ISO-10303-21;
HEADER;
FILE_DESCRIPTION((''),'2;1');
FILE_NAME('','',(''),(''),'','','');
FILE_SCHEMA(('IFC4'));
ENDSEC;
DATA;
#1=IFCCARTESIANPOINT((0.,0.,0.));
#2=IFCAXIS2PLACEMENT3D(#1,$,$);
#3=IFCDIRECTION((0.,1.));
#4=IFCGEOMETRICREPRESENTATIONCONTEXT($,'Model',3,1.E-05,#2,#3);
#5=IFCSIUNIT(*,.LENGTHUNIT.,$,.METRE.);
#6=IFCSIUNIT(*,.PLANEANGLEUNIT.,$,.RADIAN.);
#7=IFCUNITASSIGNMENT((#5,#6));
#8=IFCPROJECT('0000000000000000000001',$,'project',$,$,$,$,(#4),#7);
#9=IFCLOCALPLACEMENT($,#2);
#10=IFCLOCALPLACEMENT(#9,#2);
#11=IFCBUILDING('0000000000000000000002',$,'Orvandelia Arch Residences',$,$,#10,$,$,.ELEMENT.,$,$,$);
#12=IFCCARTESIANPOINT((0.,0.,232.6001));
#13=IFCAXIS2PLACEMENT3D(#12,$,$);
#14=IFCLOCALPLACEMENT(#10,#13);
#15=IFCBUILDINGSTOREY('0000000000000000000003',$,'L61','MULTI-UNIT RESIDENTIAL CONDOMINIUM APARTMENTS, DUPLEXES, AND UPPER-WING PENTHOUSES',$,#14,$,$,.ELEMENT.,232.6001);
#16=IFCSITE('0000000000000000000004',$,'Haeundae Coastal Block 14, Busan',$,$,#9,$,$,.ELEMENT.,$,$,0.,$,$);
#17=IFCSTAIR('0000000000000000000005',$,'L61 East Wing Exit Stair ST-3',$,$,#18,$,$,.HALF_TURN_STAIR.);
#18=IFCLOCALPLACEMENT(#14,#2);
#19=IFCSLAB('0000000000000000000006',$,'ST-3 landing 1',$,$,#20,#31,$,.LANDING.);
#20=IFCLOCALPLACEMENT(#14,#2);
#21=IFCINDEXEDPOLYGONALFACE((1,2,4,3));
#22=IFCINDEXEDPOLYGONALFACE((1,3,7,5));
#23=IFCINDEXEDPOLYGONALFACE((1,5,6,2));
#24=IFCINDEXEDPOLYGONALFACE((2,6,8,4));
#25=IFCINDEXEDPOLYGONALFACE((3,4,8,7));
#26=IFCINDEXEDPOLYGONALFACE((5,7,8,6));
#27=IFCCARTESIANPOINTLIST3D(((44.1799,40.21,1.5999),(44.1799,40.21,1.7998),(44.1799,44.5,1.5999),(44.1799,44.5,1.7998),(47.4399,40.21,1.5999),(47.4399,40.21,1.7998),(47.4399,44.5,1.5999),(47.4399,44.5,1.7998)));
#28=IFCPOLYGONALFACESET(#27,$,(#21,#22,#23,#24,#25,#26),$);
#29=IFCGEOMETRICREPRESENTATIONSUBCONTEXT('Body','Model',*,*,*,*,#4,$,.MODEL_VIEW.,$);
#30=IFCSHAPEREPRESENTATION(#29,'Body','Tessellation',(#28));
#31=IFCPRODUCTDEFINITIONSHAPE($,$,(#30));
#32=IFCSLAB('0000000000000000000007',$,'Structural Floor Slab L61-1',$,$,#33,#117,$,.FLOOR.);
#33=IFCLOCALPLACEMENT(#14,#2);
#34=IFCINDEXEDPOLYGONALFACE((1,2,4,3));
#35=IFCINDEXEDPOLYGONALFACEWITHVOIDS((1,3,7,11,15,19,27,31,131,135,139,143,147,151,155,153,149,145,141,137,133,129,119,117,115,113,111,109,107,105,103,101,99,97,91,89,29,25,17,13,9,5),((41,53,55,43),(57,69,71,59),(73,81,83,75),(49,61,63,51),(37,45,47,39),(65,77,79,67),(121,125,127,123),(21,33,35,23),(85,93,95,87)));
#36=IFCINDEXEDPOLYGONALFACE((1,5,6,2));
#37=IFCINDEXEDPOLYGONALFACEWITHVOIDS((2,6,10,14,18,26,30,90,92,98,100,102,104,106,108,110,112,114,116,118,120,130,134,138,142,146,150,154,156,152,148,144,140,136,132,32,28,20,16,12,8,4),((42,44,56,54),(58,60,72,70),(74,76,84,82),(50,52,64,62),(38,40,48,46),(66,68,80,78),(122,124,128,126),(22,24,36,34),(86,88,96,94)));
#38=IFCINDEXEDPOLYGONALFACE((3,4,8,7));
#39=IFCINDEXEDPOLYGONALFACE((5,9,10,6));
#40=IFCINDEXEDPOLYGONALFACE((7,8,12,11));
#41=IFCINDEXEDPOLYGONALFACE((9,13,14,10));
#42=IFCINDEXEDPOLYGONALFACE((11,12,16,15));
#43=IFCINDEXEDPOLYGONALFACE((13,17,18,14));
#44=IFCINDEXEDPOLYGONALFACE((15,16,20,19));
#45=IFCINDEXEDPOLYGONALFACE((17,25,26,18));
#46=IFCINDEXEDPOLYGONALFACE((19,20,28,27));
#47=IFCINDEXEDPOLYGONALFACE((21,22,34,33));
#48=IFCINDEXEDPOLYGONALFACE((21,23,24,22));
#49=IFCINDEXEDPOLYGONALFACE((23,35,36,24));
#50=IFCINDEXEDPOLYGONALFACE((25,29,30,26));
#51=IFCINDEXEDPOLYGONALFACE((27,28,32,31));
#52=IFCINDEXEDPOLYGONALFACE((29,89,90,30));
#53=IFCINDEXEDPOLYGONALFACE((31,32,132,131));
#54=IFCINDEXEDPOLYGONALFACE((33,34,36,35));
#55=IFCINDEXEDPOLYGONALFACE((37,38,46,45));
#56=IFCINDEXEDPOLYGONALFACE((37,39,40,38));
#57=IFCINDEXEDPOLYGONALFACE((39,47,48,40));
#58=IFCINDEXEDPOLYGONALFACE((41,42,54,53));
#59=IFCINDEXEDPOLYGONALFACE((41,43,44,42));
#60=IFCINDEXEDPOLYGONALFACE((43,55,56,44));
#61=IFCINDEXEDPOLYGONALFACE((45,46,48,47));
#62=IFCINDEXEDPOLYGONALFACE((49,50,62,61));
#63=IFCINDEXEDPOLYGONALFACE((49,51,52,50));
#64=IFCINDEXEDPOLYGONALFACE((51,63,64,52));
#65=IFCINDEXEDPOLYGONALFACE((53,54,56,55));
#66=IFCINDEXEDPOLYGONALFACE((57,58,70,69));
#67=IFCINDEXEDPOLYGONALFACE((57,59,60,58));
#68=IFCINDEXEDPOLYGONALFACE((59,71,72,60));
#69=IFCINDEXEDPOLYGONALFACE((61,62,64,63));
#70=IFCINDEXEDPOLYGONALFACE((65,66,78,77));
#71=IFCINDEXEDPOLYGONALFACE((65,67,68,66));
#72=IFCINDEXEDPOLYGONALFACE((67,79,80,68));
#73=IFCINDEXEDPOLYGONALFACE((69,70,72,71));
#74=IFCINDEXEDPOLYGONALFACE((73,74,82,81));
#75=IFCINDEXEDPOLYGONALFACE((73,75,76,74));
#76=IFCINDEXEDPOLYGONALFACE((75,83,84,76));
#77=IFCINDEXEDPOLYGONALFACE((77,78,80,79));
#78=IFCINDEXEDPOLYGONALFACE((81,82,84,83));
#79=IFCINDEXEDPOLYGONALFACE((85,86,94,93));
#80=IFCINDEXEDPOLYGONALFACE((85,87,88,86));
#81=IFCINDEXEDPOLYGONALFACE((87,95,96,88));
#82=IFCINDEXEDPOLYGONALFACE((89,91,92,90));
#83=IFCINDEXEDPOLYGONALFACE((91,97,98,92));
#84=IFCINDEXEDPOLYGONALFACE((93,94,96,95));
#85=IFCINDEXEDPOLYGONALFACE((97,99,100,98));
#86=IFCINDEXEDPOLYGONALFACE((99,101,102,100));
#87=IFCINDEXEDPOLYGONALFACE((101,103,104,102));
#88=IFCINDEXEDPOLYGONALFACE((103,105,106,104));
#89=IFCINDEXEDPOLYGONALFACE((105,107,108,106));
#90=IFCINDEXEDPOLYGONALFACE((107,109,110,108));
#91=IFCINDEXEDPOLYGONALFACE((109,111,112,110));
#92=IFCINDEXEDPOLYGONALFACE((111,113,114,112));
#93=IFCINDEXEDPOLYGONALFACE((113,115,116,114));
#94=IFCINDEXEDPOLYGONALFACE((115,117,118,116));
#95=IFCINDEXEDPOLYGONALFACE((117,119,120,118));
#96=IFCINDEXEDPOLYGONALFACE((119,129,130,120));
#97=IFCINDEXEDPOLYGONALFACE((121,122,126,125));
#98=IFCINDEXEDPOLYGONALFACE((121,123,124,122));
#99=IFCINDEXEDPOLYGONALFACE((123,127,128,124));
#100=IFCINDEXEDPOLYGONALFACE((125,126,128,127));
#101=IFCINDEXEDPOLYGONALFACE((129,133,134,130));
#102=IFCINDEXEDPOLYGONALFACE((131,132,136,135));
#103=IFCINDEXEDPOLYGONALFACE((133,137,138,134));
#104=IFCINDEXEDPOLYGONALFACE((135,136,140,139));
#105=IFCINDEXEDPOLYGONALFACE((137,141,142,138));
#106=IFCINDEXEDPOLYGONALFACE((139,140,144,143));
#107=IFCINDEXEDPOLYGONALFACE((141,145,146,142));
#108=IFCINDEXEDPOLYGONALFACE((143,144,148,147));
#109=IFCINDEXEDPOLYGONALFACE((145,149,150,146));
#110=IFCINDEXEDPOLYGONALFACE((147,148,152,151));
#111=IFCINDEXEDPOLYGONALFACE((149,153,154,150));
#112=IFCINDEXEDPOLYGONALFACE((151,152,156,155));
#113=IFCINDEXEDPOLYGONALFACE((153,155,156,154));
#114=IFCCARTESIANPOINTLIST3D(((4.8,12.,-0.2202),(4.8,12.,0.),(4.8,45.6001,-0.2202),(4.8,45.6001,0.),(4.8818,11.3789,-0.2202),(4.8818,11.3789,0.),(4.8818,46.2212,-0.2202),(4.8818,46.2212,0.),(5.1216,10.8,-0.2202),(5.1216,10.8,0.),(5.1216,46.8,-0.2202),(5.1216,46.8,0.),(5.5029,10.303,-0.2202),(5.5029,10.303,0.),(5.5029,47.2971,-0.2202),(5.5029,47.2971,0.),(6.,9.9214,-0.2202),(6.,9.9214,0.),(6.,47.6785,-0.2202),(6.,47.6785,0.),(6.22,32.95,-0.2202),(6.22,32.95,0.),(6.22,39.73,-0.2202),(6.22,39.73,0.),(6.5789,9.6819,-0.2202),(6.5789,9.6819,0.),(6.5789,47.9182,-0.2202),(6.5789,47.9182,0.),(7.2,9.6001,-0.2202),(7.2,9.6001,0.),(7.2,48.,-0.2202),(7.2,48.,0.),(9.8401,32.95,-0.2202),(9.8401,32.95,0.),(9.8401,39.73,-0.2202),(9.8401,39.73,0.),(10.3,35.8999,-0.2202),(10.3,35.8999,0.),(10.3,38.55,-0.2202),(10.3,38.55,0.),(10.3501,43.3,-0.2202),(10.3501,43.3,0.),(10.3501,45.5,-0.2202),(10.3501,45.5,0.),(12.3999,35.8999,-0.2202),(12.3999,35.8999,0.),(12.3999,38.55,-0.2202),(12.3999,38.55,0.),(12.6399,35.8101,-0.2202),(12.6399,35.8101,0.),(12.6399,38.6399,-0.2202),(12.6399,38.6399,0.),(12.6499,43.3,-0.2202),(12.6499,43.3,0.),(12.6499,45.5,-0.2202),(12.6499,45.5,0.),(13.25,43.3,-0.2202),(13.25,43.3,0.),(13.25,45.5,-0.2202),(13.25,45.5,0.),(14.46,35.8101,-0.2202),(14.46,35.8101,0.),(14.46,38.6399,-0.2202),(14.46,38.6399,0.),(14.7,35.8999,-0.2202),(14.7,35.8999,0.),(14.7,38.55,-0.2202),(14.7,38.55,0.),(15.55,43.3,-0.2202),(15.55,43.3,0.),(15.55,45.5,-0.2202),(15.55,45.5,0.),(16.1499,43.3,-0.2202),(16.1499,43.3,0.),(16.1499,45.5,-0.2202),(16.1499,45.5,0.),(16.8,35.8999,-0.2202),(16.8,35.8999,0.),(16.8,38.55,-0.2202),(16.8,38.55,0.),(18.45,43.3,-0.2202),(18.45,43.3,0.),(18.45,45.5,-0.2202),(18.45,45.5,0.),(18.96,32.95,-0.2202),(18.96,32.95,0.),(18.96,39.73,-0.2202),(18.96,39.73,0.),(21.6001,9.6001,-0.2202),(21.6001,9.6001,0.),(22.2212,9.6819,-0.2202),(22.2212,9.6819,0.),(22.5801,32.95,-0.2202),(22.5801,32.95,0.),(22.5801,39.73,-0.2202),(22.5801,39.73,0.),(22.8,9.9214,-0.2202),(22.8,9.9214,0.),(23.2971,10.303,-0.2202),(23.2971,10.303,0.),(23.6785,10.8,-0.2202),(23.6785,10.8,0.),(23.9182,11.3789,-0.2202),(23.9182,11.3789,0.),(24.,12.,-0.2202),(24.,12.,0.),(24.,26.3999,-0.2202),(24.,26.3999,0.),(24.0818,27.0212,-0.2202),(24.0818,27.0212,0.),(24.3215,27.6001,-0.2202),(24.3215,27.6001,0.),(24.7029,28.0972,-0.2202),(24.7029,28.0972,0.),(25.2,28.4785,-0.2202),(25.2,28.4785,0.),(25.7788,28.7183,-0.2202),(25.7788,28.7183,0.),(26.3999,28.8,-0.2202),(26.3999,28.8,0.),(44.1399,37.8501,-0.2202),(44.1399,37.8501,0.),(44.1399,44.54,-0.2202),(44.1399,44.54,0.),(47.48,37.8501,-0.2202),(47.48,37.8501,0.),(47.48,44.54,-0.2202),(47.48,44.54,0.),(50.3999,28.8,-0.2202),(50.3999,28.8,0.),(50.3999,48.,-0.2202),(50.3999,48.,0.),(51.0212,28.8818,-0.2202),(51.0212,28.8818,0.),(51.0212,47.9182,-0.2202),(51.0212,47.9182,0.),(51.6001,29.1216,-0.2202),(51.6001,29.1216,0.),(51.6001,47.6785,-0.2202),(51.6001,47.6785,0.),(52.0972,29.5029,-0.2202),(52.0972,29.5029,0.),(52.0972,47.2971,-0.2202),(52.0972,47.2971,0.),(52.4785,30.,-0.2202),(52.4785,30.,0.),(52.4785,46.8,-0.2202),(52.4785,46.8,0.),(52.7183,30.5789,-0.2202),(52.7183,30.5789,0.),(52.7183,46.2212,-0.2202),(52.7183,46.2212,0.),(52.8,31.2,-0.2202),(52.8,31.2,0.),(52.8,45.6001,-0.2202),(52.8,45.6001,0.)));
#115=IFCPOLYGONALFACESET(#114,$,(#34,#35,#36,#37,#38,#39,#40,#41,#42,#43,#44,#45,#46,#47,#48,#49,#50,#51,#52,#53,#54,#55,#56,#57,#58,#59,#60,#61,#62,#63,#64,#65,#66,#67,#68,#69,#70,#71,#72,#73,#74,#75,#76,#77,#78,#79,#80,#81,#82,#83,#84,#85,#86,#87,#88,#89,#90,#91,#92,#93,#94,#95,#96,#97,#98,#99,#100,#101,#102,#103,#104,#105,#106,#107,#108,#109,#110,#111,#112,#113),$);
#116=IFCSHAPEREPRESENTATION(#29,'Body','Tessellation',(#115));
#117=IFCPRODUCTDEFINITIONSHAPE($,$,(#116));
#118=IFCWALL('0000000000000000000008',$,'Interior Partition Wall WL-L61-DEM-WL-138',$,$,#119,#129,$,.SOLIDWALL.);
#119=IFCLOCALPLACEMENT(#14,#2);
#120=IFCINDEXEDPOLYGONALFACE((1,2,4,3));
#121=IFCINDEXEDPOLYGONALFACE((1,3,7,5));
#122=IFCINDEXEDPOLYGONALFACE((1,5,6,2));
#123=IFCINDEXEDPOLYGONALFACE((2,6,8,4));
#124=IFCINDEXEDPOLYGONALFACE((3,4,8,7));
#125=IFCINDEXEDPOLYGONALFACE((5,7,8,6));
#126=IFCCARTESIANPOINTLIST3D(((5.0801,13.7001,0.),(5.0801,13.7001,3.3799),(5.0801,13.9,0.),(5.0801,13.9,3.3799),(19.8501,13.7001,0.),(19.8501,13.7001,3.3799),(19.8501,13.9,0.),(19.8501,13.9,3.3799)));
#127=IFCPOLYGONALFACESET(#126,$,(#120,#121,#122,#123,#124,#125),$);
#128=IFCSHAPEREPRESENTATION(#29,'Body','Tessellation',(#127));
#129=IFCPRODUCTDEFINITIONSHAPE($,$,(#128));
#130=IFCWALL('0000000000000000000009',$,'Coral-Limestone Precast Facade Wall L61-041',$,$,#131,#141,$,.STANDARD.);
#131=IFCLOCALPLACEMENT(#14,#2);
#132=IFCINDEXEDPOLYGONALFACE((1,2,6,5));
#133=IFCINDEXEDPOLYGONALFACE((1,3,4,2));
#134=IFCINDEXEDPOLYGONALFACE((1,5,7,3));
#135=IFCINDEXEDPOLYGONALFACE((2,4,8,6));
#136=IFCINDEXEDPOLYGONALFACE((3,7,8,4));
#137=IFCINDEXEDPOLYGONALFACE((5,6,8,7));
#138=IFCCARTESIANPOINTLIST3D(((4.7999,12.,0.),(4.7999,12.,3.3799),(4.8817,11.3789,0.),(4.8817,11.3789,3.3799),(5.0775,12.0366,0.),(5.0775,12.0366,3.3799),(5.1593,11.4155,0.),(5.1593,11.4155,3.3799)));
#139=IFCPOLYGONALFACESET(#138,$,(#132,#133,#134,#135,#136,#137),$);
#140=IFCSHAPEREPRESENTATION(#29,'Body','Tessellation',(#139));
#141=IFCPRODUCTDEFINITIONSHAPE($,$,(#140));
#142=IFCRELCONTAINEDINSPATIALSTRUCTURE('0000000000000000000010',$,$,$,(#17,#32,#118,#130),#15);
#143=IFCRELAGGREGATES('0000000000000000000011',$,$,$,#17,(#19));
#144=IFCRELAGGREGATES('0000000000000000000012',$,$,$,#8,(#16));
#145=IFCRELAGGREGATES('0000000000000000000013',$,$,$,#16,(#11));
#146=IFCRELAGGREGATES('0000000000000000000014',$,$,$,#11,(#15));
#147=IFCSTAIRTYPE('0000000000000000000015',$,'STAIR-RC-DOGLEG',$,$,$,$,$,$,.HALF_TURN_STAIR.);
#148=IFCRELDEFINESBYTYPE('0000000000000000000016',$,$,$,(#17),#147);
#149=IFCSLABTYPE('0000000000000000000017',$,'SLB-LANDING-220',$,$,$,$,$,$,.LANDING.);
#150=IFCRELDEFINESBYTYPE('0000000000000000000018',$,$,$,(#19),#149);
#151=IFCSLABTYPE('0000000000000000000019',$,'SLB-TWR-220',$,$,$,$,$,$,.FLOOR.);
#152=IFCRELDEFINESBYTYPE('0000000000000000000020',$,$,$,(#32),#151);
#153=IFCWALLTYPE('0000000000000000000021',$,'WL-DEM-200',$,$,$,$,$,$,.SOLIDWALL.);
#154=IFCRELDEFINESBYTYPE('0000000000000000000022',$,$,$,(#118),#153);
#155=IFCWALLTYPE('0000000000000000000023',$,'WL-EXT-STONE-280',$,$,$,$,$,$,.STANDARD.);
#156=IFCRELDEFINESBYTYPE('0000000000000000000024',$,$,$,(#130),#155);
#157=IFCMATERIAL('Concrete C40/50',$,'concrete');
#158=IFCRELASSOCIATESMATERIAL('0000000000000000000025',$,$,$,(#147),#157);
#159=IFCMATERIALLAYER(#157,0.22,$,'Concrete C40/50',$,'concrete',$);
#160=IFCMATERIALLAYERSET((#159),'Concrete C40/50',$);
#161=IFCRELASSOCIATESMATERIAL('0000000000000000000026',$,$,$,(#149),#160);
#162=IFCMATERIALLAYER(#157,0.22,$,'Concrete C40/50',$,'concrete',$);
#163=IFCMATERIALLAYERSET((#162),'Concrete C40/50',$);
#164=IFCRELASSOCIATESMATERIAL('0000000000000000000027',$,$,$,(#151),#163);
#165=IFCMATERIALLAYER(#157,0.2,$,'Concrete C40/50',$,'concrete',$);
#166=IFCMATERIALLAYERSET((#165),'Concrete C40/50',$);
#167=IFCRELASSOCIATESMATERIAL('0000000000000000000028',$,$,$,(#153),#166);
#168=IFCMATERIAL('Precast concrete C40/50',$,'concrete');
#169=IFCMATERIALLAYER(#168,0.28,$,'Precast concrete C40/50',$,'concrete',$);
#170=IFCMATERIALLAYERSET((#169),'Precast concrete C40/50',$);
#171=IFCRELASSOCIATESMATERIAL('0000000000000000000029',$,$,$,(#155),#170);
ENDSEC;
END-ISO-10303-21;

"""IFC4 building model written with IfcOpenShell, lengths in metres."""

from ifc_helpers import new_model, si_unit, direction, frame, frame_2d, origin, place, context, subcontext, project, spatial, polyline, rectangle, outline, extrude, material, layer, layer_set, type_object, element, aggregate, save


model = new_model("IFC4")

# Units and contexts
model_context = context("Model", 3, precision=1e-05, world=origin(), true_north=direction((0.0, 1.0)))
body_context = subcontext(model_context, "Body", "Model", "MODEL_VIEW")
ifc_project = project(units=[si_unit("LENGTHUNIT", "METRE"), si_unit("PLANEANGLEUNIT", "RADIAN")], contexts=[model_context])

# Site, building, storey
site_placement = place(None, origin())
site = spatial("IfcSite", under=ifc_project, at=site_placement, Name="Haeundae Coastal Block 14, Busan", CompositionType="ELEMENT", RefElevation=0.0)
building_placement = place(site_placement, origin())
building = spatial("IfcBuilding", under=site, at=building_placement, Name="Orvandelia Arch Residences", CompositionType="ELEMENT")
storey_placement = place(building_placement, frame((0.0, 0.0, 232.6001)))
storey = spatial("IfcBuildingStorey", under=building, at=storey_placement, Name="L61", Description="MULTI-UNIT RESIDENTIAL CONDOMINIUM APARTMENTS, DUPLEXES, AND UPPER-WING PENTHOUSES", CompositionType="ELEMENT", Elevation=232.6001)

# Shared definitions
ifc_material_1 = material(Name="Precast concrete C40/50", Category="concrete")

# Stair, slab
ifc_material_2 = material(Name="Concrete C40/50", Category="concrete")
stair_type = type_object("IfcStairType", Name="STAIR-RC-DOGLEG", PredefinedType="HALF_TURN_STAIR", material=ifc_material_2)
ifc_layer_1 = layer(ifc_material_2, 0.22, Name="Concrete C40/50", Category="concrete")
ifc_layer_set_1 = layer_set([ifc_layer_1], Name="Concrete C40/50")
slab_type_1 = type_object("IfcSlabType", Name="SLB-LANDING-220", PredefinedType="LANDING", material=ifc_layer_set_1)
stair_1_placement = place(storey_placement, origin())
stair_1 = element("IfcStair", 1, at=stair_1_placement, inside=storey, type_object=stair_type, Name="L61 East Wing Exit Stair ST-3", PredefinedType="HALF_TURN_STAIR")
slab_1_placement = place(storey_placement, frame((0.0, 0.0, 1.5999)))
slab_1 = element("IfcSlab", 2, at=slab_1_placement, type_object=slab_type_1, Name="ST-3 landing 1", PredefinedType="LANDING", context=body_context, shape_type="SweptSolid", body=[
    extrude(outline(polyline([(47.4399, 40.21), (47.4399, 44.5), (44.1799, 44.5), (44.1799, 40.21), (47.4399, 40.21)])), origin(), (0.0, 0.0, 1.0), 0.2),
])
aggregate(stair_1, [slab_1])

# Slab
ifc_layer_2 = layer(ifc_material_2, 0.22, Name="Concrete C40/50", Category="concrete")
ifc_layer_set_2 = layer_set([ifc_layer_2], Name="Concrete C40/50")
slab_type_2 = type_object("IfcSlabType", Name="SLB-TWR-220", PredefinedType="FLOOR", material=ifc_layer_set_2)
slab_2_placement = place(storey_placement, frame((0.0, 0.0, -0.2202)))
element("IfcSlab", 3, at=slab_2_placement, inside=storey, type_object=slab_type_2, Name="Structural Floor Slab L61-1", PredefinedType="FLOOR", context=body_context, shape_type="SweptSolid", body=[
    extrude(outline(polyline([(4.8, 12.0), (4.8818, 11.3789), (5.1216, 10.8), (5.5029, 10.303), (6.0, 9.9214), (6.5789, 9.6819), (7.2, 9.6001), (21.6001, 9.6001), (22.2212, 9.6819), (22.8, 9.9214), (23.2971, 10.303), (23.6785, 10.8), (23.9182, 11.3789), (24.0, 12.0), (24.0, 26.3999), (24.0818, 27.0212), (24.3215, 27.6001), (24.7029, 28.0972), (25.2, 28.4785), (25.7788, 28.7183), (26.3999, 28.8), (50.3999, 28.8), (51.0212, 28.8818), (51.6001, 29.1216), (52.0972, 29.5029), (52.4785, 30.0), (52.7183, 30.5789), (52.8, 31.2), (52.8, 45.6001), (52.7183, 46.2212), (52.4785, 46.8), (52.0972, 47.2971), (51.6001, 47.6785), (51.0212, 47.9182), (50.3999, 48.0), (7.2, 48.0), (6.5789, 47.9182), (6.0, 47.6785), (5.5029, 47.2971), (5.1216, 46.8), (4.8818, 46.2212), (4.8, 45.6001), (4.8, 12.0)]), holes=[polyline([(6.22, 32.95), (9.8401, 32.95), (9.8401, 39.73), (6.22, 39.73), (6.22, 32.95)]), polyline([(18.96, 32.95), (22.5801, 32.95), (22.5801, 39.73), (18.96, 39.73), (18.96, 32.95)]), polyline([(44.1399, 37.8501), (47.48, 37.8501), (47.48, 44.54), (44.1399, 44.54), (44.1399, 37.8501)]), polyline([(12.6399, 35.8101), (14.46, 35.8101), (14.46, 38.6399), (12.6399, 38.6399), (12.6399, 35.8101)]), polyline([(10.3, 35.8999), (12.3999, 35.8999), (12.3999, 38.55), (10.3, 38.55), (10.3, 35.8999)]), polyline([(14.7, 35.8999), (16.8, 35.8999), (16.8, 38.55), (14.7, 38.55), (14.7, 35.8999)]), polyline([(10.3501, 43.3), (12.6499, 43.3), (12.6499, 45.5), (10.3501, 45.5), (10.3501, 43.3)]), polyline([(13.25, 43.3), (15.55, 43.3), (15.55, 45.5), (13.25, 45.5), (13.25, 43.3)]), polyline([(16.1499, 43.3), (18.45, 43.3), (18.45, 45.5), (16.1499, 45.5), (16.1499, 43.3)])]), origin(), (0.0, 0.0, 1.0), 0.2202),
])

# Walls
ifc_layer_3 = layer(ifc_material_2, 0.2, Name="Concrete C40/50", Category="concrete")
ifc_layer_set_3 = layer_set([ifc_layer_3], Name="Concrete C40/50")
wall_type_1 = type_object("IfcWallType", Name="WL-DEM-200", PredefinedType="SOLIDWALL", material=ifc_layer_set_3)
wall_1_placement = place(storey_placement, frame((5.0801, 13.8, 0.0), z_axis=(0.0, 0.0, 1.0), x_axis=(1.0, 0.0, 0.0)))
element("IfcWall", 4, at=wall_1_placement, inside=storey, type_object=wall_type_1, Name="Interior Partition Wall WL-L61-DEM-WL-138", PredefinedType="SOLIDWALL", context=body_context, shape_type="SweptSolid", body=[
    extrude(rectangle(XDim=14.77, YDim=0.2, at=frame_2d((7.385, 0.0))), origin(), (0.0, 0.0, 1.0), 3.3799),
])
ifc_layer_4 = layer(ifc_material_1, 0.28, Name="Precast concrete C40/50", Category="concrete")
ifc_layer_set_4 = layer_set([ifc_layer_4], Name="Precast concrete C40/50")
wall_type_2 = type_object("IfcWallType", Name="WL-EXT-STONE-280", PredefinedType="STANDARD", material=ifc_layer_set_4)
wall_2_placement = place(storey_placement, frame((5.0205, 11.3972, 0.0), z_axis=(0.0, 0.0, 1.0), x_axis=(-0.130555, 0.991441, 0.0)))
element("IfcWall", 5, at=wall_2_placement, inside=storey, type_object=wall_type_2, Name="Coral-Limestone Precast Facade Wall L61-041", PredefinedType="STANDARD", context=body_context, shape_type="SweptSolid", body=[
    extrude(rectangle(XDim=0.6265, YDim=0.28, at=frame_2d((0.3132, 0.0))), origin(), (0.0, 0.0, 1.0), 3.3799),
])

save(model, "model.ifc")
